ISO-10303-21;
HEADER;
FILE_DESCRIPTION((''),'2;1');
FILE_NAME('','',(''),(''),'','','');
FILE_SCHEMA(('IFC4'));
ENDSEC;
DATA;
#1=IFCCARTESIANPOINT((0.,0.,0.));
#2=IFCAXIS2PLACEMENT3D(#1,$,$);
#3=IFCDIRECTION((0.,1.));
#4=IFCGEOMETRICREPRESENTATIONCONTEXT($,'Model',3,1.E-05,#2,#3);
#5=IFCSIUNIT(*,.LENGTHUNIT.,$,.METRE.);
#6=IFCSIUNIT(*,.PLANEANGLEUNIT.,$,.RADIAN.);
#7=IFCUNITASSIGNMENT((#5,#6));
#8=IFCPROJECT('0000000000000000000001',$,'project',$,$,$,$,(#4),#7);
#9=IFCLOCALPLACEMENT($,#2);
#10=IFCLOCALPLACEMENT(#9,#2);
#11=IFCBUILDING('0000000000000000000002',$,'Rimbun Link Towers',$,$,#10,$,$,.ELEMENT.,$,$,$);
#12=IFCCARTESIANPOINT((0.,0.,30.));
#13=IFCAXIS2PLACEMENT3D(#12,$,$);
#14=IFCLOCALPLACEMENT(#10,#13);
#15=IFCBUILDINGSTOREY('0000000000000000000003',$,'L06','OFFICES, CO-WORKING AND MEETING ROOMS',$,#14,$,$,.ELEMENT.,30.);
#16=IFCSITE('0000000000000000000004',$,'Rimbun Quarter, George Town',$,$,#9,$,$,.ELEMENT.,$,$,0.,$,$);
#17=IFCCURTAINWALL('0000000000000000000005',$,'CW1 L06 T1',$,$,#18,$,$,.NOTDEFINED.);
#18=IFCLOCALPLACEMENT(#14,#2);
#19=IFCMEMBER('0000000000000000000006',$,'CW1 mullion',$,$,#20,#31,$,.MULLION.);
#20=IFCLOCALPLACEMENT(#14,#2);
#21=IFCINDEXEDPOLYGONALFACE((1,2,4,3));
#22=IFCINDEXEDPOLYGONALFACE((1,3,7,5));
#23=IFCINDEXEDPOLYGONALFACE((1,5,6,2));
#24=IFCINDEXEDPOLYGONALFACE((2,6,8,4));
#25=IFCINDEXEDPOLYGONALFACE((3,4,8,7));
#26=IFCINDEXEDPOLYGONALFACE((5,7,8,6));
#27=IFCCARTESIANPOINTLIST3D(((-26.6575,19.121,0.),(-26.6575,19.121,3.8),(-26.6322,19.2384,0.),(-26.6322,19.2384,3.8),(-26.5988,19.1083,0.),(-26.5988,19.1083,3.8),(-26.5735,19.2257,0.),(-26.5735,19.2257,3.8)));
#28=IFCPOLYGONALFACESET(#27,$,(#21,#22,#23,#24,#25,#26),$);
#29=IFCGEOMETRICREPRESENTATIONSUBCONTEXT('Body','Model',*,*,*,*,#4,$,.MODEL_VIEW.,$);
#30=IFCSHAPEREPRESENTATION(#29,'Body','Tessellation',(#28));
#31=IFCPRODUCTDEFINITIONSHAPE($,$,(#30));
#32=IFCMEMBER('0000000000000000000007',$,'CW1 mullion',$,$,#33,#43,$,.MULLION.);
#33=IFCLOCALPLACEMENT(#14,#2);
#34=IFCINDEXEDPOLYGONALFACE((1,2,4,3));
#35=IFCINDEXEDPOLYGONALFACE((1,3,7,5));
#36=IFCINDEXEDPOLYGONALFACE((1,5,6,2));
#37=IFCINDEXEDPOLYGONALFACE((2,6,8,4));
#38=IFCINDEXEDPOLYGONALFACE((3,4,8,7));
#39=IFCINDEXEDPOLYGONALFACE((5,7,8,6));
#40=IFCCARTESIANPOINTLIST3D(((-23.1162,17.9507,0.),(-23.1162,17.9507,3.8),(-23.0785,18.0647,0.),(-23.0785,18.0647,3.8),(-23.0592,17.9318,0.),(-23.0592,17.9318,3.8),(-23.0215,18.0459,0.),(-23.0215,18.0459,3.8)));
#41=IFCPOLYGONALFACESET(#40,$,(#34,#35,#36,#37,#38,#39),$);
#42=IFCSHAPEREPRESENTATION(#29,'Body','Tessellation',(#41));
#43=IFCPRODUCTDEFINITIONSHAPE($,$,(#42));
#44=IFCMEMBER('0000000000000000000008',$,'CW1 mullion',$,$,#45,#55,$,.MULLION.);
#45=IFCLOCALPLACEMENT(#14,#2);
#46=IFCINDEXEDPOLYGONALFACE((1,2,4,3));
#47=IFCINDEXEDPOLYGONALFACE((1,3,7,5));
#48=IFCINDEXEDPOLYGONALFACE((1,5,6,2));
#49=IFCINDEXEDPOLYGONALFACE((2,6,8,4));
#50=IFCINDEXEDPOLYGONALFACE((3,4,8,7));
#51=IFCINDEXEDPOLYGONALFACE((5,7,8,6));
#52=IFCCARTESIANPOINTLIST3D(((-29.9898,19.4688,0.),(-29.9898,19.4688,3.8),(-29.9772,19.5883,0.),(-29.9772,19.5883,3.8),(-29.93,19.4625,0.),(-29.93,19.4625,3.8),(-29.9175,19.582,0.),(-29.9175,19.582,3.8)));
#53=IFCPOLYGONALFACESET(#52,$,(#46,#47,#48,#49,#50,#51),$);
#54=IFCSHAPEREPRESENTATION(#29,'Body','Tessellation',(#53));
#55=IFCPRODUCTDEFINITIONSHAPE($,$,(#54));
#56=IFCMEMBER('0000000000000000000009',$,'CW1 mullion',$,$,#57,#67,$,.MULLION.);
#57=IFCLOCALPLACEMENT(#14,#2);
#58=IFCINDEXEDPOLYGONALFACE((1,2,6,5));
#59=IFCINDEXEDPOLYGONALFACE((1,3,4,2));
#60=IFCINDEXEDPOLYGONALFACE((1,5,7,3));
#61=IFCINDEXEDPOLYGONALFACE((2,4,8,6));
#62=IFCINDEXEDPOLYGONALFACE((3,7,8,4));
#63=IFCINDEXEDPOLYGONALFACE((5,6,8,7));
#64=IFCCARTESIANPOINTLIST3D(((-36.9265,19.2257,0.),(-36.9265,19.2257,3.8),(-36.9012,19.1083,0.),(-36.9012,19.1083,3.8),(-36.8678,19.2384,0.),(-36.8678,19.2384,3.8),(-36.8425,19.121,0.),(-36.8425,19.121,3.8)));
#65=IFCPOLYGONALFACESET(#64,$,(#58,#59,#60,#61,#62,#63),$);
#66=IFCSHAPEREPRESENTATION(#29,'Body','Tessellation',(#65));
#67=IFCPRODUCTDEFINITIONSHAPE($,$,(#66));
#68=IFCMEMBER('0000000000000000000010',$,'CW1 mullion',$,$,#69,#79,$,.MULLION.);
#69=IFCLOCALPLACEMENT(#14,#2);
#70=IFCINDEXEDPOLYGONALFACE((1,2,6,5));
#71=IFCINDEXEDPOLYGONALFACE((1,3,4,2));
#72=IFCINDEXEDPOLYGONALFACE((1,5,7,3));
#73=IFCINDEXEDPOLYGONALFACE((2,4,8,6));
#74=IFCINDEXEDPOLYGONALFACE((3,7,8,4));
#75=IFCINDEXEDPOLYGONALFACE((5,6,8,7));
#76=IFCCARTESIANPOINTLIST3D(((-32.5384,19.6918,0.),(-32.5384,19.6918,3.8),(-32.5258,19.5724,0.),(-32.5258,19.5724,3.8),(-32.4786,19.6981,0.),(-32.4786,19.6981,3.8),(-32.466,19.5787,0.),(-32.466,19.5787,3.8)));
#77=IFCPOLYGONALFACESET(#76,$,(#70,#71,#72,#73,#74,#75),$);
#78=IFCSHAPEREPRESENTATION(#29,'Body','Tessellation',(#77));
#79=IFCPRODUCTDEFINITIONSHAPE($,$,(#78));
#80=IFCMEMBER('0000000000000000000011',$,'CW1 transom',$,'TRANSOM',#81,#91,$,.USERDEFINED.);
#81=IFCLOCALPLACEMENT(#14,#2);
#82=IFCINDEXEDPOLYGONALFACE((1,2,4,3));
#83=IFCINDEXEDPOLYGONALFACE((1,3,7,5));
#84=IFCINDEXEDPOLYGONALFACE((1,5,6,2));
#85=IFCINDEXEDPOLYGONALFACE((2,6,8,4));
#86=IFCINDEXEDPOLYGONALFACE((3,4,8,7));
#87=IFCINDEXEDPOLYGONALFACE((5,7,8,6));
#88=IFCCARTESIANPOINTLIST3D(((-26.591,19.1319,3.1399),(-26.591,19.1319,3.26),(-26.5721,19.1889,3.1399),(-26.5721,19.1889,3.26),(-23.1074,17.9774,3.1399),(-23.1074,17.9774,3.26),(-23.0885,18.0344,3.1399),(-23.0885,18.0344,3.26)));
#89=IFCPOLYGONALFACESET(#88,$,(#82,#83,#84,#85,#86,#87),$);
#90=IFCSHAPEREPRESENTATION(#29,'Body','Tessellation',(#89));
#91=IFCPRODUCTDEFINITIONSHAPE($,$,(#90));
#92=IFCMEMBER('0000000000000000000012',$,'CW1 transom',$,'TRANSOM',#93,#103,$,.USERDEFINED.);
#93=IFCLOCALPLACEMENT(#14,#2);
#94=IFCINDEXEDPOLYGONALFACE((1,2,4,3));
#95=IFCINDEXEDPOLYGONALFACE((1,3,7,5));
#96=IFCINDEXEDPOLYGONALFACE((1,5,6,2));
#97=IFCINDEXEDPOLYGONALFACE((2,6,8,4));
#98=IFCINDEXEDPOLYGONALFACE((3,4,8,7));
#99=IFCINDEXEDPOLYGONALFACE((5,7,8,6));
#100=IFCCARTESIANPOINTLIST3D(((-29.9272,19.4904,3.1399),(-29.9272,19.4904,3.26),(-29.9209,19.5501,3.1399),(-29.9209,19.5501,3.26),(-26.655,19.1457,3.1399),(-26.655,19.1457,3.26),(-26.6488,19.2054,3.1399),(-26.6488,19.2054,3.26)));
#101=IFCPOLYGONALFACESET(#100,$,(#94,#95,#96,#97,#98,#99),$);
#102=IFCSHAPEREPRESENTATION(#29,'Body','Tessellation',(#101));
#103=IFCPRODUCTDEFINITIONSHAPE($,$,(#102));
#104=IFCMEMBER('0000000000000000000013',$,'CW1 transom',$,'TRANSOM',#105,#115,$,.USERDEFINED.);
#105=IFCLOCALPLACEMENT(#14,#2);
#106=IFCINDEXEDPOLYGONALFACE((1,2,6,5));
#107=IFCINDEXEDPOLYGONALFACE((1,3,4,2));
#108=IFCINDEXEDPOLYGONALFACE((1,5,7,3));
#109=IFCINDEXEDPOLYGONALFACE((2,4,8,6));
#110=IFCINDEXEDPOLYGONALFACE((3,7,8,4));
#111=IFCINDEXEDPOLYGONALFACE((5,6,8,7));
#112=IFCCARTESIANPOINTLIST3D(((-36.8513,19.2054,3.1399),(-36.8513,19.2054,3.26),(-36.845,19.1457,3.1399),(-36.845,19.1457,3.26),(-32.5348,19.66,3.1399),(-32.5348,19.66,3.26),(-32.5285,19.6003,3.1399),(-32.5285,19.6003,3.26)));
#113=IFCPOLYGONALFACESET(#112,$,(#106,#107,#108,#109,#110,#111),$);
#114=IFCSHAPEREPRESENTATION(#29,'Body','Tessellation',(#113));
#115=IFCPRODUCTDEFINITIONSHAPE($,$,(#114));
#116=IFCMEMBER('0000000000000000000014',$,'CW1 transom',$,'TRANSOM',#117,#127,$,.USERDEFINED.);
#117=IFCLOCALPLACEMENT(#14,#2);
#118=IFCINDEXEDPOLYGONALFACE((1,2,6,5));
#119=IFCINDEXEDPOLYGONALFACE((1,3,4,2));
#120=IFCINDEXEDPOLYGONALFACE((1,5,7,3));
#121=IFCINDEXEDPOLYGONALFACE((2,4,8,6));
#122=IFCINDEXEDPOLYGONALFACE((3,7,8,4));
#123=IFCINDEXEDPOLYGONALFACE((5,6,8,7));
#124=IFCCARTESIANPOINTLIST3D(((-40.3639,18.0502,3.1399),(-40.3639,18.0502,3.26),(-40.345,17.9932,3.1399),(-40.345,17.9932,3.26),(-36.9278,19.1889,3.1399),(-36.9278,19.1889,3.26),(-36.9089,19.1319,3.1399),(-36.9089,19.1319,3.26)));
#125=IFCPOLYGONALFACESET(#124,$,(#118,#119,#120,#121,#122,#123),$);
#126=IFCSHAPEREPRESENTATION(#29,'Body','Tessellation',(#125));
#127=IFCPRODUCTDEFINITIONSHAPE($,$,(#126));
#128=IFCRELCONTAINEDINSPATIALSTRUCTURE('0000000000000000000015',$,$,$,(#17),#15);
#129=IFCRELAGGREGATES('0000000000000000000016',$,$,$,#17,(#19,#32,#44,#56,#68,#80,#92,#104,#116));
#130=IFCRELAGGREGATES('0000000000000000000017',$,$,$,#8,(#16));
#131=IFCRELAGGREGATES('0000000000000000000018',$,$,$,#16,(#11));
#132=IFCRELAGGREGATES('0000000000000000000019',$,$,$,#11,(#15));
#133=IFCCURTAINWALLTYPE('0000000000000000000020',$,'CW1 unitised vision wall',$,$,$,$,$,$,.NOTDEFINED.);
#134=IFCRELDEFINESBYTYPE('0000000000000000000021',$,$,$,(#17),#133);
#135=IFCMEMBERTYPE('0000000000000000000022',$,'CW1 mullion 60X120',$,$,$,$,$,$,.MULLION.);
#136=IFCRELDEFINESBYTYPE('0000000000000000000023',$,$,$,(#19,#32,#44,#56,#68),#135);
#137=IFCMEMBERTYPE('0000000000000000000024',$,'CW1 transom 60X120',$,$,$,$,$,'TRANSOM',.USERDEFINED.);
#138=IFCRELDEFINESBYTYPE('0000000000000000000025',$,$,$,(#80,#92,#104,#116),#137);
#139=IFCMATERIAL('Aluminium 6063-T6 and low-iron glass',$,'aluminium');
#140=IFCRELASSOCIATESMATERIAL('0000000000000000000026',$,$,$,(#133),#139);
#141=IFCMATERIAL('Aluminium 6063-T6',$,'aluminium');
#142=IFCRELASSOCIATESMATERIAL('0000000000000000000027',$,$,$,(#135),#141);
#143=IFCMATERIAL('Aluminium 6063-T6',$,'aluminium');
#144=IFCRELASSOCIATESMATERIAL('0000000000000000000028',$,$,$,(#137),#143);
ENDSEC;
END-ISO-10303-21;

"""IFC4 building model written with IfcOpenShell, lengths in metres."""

from ifc_helpers import new_model, si_unit, direction, frame, origin, origin_2d, place, context, subcontext, project, spatial, rectangle, extrude, material, material_profile, profile_set, type_object, element, aggregate, save


model = new_model("IFC4")

# Units and contexts
model_context = context("Model", 3, precision=1e-05, world=origin(), true_north=direction((0.0, 1.0)))
body_context = subcontext(model_context, "Body", "Model", "MODEL_VIEW")
ifc_project = project(units=[si_unit("LENGTHUNIT", "METRE"), si_unit("PLANEANGLEUNIT", "RADIAN")], contexts=[model_context])

# Site, building, storey
site_placement = place(None, origin())
site = spatial("IfcSite", under=ifc_project, at=site_placement, Name="Rimbun Quarter, George Town", CompositionType="ELEMENT", RefElevation=0.0)
building_placement = place(site_placement, origin())
building = spatial("IfcBuilding", under=site, at=building_placement, Name="Rimbun Link Towers", CompositionType="ELEMENT")
storey_placement = place(building_placement, frame((0.0, 0.0, 30.0)))
storey = spatial("IfcBuildingStorey", under=building, at=storey_placement, Name="L06", Description="OFFICES, CO-WORKING AND MEETING ROOMS", CompositionType="ELEMENT", Elevation=30.0)

# Curtain wall, members
ifc_material_1 = material(Name="Aluminium 6063-T6 and low-iron glass", Category="aluminium")
curtain_wall_type = type_object("IfcCurtainWallType", Name="CW1 unitised vision wall", PredefinedType="NOTDEFINED", material=ifc_material_1)
curtain_wall_placement = place(storey_placement, origin())
curtain_wall = element("IfcCurtainWall", 1, at=curtain_wall_placement, inside=storey, type_object=curtain_wall_type, Name="CW1 L06 T1", PredefinedType="NOTDEFINED")
ifc_material_2 = material(Name="Aluminium 6063-T6", Category="aluminium")
ifc_material_profile_1 = material_profile(ifc_material_2, rectangle(XDim=0.1201, YDim=0.0601, at=origin_2d()), Name="MULLION 60X120")
ifc_profile_set_1 = profile_set([ifc_material_profile_1], Name="Aluminium 6063-T6")
member_type_1 = type_object("IfcMemberType", Name="CW1 mullion 60X120", PredefinedType="MULLION", material=ifc_profile_set_1)
member_1_placement = place(storey_placement, frame((-26.6155, 19.1733, 0.0), z_axis=(0.0, 0.0, 1.0), x_axis=(0.210877, 0.977513, 0.0)))
member_1 = element("IfcMember", 2, at=member_1_placement, type_object=member_type_1, Name="CW1 mullion", PredefinedType="MULLION", context=body_context, shape_type="SweptSolid", body=[
    extrude(rectangle(XDim=0.1201, YDim=0.0601, at=origin_2d()), origin(), (0.0, 0.0, 1.0), 3.8),
])
member_2_placement = place(storey_placement, frame((-23.0688, 17.9983, 0.0), z_axis=(0.0, 0.0, 1.0), x_axis=(0.314564, 0.949236, 0.0)))
member_2 = element("IfcMember", 3, at=member_2_placement, type_object=member_type_1, Name="CW1 mullion", PredefinedType="MULLION", context=body_context, shape_type="SweptSolid", body=[
    extrude(rectangle(XDim=0.1201, YDim=0.0601, at=origin_2d()), origin(), (0.0, 0.0, 1.0), 3.8),
])
member_3_placement = place(storey_placement, frame((-29.9536, 19.5254, 0.0), z_axis=(0.0, 0.0, 1.0), x_axis=(0.104755, 0.994498, 0.0)))
member_3 = element("IfcMember", 4, at=member_3_placement, type_object=member_type_1, Name="CW1 mullion", PredefinedType="MULLION", context=body_context, shape_type="SweptSolid", body=[
    extrude(rectangle(XDim=0.1201, YDim=0.0601, at=origin_2d()), origin(), (0.0, 0.0, 1.0), 3.8),
])
member_4_placement = place(storey_placement, frame((-36.8845, 19.1733, 0.0), z_axis=(0.0, 0.0, 1.0), x_axis=(-0.210877, 0.977513, 0.0)))
member_4 = element("IfcMember", 5, at=member_4_placement, type_object=member_type_1, Name="CW1 mullion", PredefinedType="MULLION", context=body_context, shape_type="SweptSolid", body=[
    extrude(rectangle(XDim=0.1201, YDim=0.0601, at=origin_2d()), origin(), (0.0, 0.0, 1.0), 3.8),
])
member_5_placement = place(storey_placement, frame((-32.5022, 19.6353, 0.0), z_axis=(0.0, 0.0, 1.0), x_axis=(-0.104755, 0.994498, 0.0)))
member_5 = element("IfcMember", 6, at=member_5_placement, type_object=member_type_1, Name="CW1 mullion", PredefinedType="MULLION", context=body_context, shape_type="SweptSolid", body=[
    extrude(rectangle(XDim=0.1201, YDim=0.0601, at=origin_2d()), origin(), (0.0, 0.0, 1.0), 3.8),
])
ifc_material_3 = material(Name="Aluminium 6063-T6", Category="aluminium")
ifc_material_profile_2 = material_profile(ifc_material_3, rectangle(XDim=0.0601, YDim=0.1201, at=origin_2d()), Name="TRANSOM 60X120")
ifc_profile_set_2 = profile_set([ifc_material_profile_2], Name="Aluminium 6063-T6")
member_type_2 = type_object("IfcMemberType", Name="CW1 transom 60X120", ElementType="TRANSOM", PredefinedType="USERDEFINED", material=ifc_profile_set_2)
member_6_placement = place(storey_placement, frame((-26.5815, 19.1604, 3.2), z_axis=(0.949227, -0.314591, 0.0), x_axis=(0.314591, 0.949227, 0.0)))
member_6 = element("IfcMember", 7, at=member_6_placement, type_object=member_type_2, Name="CW1 transom", ObjectType="TRANSOM", PredefinedType="USERDEFINED", context=body_context, shape_type="SweptSolid", body=[
    extrude(rectangle(XDim=0.0601, YDim=0.1201, at=origin_2d()), origin(), (0.0, 0.0, 1.0), 3.6699),
])
member_7_placement = place(storey_placement, frame((-29.9241, 19.5203, 3.2), z_axis=(0.994497, -0.10477, 0.0), x_axis=(0.10477, 0.994497, 0.0)))
member_7 = element("IfcMember", 8, at=member_7_placement, type_object=member_type_2, Name="CW1 transom", ObjectType="TRANSOM", PredefinedType="USERDEFINED", context=body_context, shape_type="SweptSolid", body=[
    extrude(rectangle(XDim=0.0601, YDim=0.1201, at=origin_2d()), origin(), (0.0, 0.0, 1.0), 3.2903),
])
member_8_placement = place(storey_placement, frame((-36.8481, 19.1755, 3.2), z_axis=(0.9945, 0.104737, 0.0), x_axis=(-0.104737, 0.9945, 0.0)))
member_8 = element("IfcMember", 9, at=member_8_placement, type_object=member_type_2, Name="CW1 transom", ObjectType="TRANSOM", PredefinedType="USERDEFINED", context=body_context, shape_type="SweptSolid", body=[
    extrude(rectangle(XDim=0.0601, YDim=0.1201, at=origin_2d()), origin(), (0.0, 0.0, 1.0), 4.3403),
])
member_9_placement = place(storey_placement, frame((-40.3545, 18.0217, 3.2), z_axis=(0.949235, 0.314568, 0.0), x_axis=(-0.314568, 0.949235, 0.0)))
member_9 = element("IfcMember", 10, at=member_9_placement, type_object=member_type_2, Name="CW1 transom", ObjectType="TRANSOM", PredefinedType="USERDEFINED", context=body_context, shape_type="SweptSolid", body=[
    extrude(rectangle(XDim=0.0601, YDim=0.1201, at=origin_2d()), origin(), (0.0, 0.0, 1.0), 3.6199),
])

aggregate(curtain_wall, [member_1, member_2, member_3, member_4, member_5, member_6, member_7, member_8, member_9])

save(model, "model.ifc")
